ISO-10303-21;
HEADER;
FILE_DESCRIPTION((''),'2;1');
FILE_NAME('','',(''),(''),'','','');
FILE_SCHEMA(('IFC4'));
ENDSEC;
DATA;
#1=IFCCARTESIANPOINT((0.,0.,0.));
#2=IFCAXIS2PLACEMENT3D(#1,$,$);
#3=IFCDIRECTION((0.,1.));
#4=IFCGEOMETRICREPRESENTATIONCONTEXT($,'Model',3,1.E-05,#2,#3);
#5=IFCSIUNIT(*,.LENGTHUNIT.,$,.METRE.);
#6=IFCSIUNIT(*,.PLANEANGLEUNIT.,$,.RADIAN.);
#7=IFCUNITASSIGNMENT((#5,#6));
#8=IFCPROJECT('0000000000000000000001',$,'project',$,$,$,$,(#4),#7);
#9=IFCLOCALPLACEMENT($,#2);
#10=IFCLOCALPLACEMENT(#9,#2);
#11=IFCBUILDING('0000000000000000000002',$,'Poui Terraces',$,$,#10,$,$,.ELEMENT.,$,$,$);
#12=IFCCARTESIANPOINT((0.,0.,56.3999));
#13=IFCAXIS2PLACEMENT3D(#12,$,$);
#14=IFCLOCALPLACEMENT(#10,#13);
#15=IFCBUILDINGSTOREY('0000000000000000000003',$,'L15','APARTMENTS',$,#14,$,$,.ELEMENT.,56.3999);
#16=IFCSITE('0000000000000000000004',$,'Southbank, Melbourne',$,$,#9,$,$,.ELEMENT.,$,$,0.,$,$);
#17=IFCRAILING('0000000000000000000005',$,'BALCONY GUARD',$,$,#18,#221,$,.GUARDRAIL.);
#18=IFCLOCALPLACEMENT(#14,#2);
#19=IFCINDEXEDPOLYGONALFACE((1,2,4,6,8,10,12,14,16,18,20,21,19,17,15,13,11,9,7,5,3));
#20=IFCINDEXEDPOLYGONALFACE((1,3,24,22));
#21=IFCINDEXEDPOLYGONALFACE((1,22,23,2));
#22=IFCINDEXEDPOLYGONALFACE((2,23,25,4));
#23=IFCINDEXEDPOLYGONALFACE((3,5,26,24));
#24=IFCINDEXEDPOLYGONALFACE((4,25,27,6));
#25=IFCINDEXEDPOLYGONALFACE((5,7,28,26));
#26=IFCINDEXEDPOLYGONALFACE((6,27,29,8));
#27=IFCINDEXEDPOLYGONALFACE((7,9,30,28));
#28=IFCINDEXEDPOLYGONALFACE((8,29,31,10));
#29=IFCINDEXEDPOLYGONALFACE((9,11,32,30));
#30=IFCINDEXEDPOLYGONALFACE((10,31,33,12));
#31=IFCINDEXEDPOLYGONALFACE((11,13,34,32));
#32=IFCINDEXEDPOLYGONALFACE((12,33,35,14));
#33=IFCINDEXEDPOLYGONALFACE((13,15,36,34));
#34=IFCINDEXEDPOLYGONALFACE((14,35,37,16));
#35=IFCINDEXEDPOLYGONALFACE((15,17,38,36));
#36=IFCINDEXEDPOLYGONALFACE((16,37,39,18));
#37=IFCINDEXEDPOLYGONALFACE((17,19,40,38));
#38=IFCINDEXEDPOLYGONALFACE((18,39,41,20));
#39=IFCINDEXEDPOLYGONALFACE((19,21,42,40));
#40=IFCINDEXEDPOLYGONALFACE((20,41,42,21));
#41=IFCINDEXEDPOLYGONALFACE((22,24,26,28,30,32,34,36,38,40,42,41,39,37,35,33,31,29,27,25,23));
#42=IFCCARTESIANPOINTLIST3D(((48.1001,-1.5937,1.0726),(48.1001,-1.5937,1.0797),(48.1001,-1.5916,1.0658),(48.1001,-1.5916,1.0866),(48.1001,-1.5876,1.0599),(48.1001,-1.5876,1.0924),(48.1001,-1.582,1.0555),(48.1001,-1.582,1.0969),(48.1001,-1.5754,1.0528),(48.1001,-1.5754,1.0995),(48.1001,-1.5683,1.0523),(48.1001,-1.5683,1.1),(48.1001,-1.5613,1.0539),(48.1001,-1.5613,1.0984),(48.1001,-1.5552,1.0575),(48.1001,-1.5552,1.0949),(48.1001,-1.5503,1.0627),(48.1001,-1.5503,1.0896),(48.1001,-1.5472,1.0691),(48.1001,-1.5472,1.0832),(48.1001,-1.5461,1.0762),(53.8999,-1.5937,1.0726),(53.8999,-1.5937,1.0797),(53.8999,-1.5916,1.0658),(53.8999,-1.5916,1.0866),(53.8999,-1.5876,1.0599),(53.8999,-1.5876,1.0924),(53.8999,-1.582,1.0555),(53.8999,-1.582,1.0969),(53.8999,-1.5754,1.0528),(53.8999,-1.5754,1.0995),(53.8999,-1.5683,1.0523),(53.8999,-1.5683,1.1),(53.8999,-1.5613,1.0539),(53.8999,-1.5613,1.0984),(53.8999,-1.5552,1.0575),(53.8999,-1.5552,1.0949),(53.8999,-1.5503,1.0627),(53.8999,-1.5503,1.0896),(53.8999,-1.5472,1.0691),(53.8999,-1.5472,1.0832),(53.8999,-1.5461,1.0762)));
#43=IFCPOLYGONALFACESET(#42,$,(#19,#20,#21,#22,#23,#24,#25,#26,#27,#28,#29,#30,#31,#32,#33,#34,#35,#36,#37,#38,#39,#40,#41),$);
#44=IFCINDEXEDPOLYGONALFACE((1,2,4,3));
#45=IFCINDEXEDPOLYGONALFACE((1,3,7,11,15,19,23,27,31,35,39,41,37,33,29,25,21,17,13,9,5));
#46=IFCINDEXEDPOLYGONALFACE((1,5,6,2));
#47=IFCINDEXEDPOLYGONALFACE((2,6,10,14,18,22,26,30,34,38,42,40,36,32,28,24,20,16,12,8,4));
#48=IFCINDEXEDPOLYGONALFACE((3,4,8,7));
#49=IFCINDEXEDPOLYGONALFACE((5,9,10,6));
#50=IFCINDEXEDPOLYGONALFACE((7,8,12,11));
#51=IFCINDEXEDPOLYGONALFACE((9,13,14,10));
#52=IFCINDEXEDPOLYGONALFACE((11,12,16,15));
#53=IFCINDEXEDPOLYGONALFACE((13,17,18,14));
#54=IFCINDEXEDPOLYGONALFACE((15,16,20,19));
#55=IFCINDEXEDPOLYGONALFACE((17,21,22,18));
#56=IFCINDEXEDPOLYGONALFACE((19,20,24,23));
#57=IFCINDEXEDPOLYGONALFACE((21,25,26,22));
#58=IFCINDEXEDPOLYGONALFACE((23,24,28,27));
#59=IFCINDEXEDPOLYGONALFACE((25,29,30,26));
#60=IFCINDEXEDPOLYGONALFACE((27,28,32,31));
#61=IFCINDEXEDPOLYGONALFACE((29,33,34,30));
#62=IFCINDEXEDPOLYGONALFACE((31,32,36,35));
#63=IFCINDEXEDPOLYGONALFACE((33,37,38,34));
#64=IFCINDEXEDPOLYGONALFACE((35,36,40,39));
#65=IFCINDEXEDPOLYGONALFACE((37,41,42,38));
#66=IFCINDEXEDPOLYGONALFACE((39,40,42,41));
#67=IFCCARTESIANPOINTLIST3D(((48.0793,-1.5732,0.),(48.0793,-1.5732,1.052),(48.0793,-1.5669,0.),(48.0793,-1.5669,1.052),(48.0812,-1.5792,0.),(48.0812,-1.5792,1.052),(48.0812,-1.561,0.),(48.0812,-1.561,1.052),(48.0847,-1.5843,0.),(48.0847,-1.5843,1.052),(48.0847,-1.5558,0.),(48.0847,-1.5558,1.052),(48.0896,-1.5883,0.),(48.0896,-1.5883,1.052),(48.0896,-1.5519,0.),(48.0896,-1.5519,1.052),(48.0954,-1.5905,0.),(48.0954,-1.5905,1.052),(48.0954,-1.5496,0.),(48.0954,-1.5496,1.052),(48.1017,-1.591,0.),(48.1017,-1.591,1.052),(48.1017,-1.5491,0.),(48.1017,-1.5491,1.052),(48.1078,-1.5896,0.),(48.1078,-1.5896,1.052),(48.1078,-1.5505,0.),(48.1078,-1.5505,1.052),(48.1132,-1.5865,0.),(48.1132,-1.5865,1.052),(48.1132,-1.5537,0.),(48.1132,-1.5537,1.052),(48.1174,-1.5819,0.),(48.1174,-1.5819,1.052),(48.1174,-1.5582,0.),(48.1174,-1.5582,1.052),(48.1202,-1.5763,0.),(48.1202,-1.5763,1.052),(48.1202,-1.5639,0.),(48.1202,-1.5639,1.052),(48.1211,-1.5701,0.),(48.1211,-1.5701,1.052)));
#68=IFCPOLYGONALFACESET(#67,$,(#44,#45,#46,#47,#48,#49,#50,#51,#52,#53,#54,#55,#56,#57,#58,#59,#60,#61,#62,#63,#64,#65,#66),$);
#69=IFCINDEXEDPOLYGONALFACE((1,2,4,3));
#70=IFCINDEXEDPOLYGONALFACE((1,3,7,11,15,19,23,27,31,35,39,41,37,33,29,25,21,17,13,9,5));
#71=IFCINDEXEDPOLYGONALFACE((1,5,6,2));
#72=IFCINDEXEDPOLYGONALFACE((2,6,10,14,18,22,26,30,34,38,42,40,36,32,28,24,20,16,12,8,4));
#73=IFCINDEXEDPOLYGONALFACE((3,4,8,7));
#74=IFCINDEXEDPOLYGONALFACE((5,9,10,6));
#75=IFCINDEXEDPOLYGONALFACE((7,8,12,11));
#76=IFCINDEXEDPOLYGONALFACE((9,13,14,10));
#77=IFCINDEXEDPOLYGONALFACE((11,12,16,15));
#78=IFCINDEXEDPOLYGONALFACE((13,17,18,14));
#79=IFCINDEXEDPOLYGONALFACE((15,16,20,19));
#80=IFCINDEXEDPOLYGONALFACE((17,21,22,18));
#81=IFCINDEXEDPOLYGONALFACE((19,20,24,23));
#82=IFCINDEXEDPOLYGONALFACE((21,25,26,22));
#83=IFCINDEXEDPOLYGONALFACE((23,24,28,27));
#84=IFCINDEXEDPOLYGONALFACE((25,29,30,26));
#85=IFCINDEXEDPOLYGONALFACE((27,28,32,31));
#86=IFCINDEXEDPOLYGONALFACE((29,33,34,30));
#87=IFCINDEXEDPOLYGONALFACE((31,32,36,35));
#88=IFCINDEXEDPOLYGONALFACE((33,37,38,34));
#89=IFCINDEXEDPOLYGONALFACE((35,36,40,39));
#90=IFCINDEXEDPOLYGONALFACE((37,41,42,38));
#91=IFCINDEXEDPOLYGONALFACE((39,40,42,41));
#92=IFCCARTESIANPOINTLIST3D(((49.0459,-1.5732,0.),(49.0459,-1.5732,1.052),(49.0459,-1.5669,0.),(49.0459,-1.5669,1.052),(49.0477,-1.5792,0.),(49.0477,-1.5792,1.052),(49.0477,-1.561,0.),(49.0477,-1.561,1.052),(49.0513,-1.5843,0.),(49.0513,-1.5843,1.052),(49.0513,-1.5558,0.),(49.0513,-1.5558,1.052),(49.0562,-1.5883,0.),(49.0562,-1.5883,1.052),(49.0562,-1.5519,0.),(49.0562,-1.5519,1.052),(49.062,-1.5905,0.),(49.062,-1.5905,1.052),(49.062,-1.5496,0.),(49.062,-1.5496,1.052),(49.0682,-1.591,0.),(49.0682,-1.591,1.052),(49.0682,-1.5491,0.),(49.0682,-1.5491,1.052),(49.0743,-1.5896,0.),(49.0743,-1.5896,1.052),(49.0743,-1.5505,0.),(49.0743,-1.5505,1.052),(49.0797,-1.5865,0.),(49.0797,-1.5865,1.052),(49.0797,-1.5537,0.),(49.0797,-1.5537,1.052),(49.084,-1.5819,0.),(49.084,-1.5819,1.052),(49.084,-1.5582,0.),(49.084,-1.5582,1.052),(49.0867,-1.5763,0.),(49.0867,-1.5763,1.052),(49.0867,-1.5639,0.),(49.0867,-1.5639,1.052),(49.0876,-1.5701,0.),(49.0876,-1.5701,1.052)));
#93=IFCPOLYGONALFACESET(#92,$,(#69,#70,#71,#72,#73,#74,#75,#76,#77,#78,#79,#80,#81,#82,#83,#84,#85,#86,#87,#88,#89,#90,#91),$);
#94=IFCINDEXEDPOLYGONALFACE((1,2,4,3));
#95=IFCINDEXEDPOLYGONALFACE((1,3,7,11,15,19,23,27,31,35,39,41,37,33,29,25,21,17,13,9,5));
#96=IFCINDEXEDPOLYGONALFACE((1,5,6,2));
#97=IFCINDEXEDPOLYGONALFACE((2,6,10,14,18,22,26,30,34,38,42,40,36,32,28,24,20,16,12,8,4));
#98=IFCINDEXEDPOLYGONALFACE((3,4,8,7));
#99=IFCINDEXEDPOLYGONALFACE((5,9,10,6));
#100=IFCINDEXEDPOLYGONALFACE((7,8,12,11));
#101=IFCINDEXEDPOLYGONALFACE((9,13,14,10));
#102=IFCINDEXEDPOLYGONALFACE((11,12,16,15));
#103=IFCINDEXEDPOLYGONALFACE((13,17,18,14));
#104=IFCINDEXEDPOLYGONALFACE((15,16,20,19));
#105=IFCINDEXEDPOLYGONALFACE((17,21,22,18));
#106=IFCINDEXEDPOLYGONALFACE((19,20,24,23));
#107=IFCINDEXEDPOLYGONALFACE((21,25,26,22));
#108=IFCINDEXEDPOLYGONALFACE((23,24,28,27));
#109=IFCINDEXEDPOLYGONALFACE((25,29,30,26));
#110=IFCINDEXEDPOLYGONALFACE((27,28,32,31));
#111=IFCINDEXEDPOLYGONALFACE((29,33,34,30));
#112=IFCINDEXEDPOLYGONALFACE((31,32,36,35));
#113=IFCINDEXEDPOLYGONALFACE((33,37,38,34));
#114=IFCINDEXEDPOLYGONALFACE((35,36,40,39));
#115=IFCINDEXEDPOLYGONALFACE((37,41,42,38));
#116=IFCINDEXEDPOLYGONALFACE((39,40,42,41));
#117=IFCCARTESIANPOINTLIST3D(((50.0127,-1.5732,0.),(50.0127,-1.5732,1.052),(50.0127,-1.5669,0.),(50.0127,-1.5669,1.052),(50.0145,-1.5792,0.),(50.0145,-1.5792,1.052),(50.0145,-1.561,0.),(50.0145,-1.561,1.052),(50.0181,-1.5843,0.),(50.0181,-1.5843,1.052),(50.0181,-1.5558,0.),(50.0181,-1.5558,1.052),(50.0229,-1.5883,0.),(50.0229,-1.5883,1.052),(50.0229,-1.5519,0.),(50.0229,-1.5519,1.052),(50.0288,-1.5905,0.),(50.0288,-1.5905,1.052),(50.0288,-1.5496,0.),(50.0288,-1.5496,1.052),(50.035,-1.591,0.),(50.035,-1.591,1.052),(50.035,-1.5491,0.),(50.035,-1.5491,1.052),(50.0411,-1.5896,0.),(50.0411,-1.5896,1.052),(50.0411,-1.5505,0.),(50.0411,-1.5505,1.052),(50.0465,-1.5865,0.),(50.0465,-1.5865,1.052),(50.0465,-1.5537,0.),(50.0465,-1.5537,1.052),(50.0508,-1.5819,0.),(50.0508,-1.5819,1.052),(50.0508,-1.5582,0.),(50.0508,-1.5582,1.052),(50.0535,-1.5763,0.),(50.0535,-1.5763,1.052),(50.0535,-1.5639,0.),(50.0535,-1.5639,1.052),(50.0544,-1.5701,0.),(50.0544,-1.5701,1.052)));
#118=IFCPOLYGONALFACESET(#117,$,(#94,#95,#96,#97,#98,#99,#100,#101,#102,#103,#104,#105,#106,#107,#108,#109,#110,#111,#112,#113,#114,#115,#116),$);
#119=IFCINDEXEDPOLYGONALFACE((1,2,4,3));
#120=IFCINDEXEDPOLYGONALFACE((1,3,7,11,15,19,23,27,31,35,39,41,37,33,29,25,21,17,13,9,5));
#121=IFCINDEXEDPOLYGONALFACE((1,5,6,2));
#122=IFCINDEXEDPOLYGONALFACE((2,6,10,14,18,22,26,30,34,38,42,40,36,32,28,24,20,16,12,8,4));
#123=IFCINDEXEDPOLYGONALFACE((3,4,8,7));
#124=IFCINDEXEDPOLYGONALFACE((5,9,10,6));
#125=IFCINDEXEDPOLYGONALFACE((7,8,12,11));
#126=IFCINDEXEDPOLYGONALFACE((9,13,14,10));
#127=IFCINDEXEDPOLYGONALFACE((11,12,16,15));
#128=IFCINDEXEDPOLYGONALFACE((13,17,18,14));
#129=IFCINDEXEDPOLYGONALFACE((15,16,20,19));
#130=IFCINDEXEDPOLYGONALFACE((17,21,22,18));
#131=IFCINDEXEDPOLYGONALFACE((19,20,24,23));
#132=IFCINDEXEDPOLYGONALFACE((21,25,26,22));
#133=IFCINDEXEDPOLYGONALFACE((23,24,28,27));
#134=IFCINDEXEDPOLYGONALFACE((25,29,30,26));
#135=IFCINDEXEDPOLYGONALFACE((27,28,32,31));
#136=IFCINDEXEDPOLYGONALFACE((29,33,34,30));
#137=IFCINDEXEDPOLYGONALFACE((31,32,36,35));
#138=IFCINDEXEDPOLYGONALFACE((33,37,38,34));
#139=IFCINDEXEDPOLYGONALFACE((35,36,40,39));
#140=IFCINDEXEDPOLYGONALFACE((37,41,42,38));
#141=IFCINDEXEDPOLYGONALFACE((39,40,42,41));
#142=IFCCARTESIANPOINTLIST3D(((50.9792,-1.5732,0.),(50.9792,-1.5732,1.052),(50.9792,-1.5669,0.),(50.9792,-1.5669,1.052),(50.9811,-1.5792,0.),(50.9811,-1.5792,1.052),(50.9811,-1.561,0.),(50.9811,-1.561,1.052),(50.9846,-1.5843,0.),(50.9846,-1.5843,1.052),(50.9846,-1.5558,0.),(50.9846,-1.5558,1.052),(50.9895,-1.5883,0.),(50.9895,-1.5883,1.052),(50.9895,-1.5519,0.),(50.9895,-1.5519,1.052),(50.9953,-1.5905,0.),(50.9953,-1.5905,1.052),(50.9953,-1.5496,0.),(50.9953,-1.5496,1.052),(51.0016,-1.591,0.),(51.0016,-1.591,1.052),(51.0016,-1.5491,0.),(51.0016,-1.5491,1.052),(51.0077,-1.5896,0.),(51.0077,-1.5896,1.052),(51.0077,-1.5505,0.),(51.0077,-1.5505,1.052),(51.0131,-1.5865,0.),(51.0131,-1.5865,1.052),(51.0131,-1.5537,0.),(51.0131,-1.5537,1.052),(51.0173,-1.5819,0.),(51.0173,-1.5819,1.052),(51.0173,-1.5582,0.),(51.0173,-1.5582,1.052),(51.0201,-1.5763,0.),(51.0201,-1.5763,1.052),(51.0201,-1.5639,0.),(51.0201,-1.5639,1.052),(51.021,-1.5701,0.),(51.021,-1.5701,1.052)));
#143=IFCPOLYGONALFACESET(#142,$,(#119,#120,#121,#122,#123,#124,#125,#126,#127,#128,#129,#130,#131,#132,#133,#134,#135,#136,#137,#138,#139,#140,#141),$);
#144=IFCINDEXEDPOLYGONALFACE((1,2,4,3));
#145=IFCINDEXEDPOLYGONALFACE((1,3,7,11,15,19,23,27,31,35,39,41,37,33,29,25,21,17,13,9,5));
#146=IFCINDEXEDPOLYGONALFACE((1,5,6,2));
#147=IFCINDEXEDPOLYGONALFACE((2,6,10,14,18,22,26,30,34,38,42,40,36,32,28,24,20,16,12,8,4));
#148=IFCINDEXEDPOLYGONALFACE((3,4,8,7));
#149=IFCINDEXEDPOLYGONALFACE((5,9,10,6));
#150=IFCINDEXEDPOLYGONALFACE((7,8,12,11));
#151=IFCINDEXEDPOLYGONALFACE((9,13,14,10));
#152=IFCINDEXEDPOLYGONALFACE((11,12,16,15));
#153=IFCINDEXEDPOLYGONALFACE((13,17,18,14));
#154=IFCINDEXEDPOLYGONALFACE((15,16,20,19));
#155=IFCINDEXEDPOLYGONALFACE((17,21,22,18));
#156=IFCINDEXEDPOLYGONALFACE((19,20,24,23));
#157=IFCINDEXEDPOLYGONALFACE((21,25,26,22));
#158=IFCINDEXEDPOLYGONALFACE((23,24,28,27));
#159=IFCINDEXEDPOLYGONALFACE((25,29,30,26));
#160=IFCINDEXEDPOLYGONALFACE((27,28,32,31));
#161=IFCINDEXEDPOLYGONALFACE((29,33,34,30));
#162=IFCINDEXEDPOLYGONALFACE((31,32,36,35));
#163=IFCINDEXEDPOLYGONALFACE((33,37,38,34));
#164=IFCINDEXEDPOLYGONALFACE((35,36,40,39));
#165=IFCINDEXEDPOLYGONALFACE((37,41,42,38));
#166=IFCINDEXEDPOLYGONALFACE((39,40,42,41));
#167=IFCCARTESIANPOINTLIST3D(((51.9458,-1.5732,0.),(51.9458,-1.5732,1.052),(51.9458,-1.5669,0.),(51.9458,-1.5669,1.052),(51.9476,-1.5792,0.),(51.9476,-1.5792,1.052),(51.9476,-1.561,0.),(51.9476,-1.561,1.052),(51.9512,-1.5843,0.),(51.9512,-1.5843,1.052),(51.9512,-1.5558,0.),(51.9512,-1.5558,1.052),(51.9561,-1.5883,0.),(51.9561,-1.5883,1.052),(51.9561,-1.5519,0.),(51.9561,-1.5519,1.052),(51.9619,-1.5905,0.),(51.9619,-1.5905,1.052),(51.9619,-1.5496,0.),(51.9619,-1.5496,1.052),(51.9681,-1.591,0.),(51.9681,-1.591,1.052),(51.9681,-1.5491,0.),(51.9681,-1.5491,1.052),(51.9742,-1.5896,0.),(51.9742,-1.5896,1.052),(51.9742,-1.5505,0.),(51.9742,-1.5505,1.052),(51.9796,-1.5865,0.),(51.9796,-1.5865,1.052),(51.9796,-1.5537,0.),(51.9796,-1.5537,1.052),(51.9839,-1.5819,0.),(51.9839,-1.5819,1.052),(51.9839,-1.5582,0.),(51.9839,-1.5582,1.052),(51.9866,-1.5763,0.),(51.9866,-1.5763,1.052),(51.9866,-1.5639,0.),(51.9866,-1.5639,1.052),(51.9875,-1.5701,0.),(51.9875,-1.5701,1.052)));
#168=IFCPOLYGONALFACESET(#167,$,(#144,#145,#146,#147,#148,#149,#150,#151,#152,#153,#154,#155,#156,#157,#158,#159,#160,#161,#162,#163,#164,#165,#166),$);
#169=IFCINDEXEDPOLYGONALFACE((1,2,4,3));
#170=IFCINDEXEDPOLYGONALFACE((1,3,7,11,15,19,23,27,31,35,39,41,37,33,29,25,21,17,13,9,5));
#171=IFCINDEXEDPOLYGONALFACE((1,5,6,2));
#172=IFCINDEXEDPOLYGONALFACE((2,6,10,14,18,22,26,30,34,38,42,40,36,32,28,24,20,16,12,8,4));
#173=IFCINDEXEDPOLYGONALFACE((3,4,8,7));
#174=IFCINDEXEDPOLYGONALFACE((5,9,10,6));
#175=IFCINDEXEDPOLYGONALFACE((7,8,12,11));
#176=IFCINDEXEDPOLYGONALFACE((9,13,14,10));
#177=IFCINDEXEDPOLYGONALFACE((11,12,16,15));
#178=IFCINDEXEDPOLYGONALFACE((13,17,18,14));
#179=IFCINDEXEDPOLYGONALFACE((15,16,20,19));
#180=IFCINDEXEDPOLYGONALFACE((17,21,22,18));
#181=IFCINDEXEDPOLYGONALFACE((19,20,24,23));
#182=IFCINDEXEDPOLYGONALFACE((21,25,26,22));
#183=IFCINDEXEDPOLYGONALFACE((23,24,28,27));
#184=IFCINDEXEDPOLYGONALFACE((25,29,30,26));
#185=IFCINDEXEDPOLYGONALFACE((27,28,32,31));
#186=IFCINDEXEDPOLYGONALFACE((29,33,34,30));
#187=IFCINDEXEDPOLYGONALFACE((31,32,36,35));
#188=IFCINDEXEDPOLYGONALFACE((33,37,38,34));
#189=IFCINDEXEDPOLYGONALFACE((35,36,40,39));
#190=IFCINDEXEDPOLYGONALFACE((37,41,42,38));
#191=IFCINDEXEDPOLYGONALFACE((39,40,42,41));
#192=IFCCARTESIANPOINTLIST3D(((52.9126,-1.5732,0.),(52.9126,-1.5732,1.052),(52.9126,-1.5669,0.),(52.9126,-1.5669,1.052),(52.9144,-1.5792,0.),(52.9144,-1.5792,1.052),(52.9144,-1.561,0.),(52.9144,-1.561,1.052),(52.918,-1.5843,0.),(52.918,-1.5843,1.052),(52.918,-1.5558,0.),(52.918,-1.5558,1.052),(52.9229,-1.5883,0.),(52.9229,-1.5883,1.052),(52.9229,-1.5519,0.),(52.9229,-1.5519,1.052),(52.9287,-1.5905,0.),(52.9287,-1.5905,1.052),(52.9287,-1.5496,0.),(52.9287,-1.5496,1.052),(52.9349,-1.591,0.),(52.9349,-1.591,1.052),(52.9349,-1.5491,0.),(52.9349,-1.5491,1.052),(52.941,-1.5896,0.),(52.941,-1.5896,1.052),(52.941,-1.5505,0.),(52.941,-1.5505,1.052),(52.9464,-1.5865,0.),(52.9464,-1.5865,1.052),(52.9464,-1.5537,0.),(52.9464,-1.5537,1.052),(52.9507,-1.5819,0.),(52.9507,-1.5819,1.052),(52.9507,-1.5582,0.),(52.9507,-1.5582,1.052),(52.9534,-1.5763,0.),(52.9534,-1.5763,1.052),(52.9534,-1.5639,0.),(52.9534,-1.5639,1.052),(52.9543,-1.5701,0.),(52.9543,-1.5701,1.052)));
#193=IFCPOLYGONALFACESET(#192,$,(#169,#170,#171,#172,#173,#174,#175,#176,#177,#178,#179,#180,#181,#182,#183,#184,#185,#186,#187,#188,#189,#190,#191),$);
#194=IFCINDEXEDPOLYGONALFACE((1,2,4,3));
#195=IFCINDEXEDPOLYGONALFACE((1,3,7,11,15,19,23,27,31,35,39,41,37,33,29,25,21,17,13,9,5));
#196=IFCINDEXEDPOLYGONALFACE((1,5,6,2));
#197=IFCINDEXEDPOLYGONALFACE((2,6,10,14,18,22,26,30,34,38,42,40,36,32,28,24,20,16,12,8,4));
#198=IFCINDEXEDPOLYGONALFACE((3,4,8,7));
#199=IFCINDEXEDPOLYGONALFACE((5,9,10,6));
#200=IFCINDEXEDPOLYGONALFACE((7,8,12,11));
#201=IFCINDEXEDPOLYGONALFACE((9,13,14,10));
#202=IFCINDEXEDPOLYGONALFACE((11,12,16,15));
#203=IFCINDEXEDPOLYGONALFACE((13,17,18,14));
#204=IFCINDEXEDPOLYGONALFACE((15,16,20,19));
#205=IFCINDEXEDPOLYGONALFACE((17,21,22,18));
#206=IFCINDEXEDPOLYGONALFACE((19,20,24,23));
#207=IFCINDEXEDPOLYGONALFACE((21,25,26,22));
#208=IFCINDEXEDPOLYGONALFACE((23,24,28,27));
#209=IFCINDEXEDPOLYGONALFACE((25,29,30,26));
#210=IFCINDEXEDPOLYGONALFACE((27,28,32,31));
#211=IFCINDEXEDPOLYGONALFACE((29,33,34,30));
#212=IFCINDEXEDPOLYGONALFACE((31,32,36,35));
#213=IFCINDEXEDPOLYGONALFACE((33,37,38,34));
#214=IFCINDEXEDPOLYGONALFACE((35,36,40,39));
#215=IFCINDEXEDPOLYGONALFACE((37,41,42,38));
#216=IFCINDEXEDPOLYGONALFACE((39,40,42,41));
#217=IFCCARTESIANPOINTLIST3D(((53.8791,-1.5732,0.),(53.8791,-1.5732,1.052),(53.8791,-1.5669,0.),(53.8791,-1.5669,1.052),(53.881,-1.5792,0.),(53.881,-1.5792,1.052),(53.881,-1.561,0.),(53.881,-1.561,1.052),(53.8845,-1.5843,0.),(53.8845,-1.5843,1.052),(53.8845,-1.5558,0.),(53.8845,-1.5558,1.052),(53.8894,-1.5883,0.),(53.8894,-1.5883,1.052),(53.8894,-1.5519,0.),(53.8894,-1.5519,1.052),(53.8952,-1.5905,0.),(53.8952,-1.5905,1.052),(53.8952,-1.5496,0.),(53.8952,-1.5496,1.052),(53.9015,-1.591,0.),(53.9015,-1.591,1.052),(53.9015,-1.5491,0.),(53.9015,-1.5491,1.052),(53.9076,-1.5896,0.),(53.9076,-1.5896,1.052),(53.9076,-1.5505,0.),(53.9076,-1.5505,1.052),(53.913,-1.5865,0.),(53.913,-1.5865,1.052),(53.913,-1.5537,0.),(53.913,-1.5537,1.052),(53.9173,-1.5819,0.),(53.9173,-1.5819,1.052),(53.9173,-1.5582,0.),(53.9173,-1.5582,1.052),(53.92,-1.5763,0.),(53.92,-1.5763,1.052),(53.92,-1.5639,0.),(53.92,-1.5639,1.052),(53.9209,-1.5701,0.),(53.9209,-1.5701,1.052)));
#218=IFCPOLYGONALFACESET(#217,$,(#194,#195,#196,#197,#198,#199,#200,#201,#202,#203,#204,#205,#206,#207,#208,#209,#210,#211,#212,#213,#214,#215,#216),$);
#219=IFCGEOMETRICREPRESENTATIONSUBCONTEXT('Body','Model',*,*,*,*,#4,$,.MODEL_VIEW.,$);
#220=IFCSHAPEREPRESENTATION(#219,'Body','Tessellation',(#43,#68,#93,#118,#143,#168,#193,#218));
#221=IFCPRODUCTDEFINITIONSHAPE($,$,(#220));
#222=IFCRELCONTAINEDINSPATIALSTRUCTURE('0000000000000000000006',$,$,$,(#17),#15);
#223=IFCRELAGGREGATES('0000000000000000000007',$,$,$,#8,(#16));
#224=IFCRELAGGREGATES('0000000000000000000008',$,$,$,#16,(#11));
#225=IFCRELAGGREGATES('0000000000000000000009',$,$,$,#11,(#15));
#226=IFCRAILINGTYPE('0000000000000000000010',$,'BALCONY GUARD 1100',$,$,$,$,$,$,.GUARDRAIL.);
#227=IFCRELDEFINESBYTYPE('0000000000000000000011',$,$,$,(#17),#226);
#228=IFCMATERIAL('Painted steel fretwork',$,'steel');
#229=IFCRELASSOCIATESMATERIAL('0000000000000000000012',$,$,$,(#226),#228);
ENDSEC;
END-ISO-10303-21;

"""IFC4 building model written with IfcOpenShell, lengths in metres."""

from ifc_helpers import new_model, si_unit, direction, frame, origin, origin_2d, place, context, subcontext, project, spatial, circle, extrude, material, type_object, element, save


model = new_model("IFC4")

# Units and contexts
model_context = context("Model", 3, precision=1e-05, world=origin(), true_north=direction((0.0, 1.0)))
body_context = subcontext(model_context, "Body", "Model", "MODEL_VIEW")
ifc_project = project(units=[si_unit("LENGTHUNIT", "METRE"), si_unit("PLANEANGLEUNIT", "RADIAN")], contexts=[model_context])

# Site, building, storey
site_placement = place(None, origin())
site = spatial("IfcSite", under=ifc_project, at=site_placement, Name="Southbank, Melbourne", CompositionType="ELEMENT", RefElevation=0.0)
building_placement = place(site_placement, origin())
building = spatial("IfcBuilding", under=site, at=building_placement, Name="Poui Terraces", CompositionType="ELEMENT")
storey_placement = place(building_placement, frame((0.0, 0.0, 56.3999)))
storey = spatial("IfcBuildingStorey", under=building, at=storey_placement, Name="L15", Description="APARTMENTS", CompositionType="ELEMENT", Elevation=56.3999)

# Railing
ifc_material_1 = material(Name="Painted steel fretwork", Category="steel")
railing_type = type_object("IfcRailingType", Name="BALCONY GUARD 1100", PredefinedType="GUARDRAIL", material=ifc_material_1)
railing_placement = place(storey_placement, frame((48.1001, -1.5701, 0.0)))
element("IfcRailing", 1, at=railing_placement, inside=storey, type_object=railing_type, Name="BALCONY GUARD", PredefinedType="GUARDRAIL", context=body_context, shape_type="SweptSolid", body=[
    extrude(circle(Radius=0.0239, at=origin_2d()), frame((0.0, 0.0, 1.0762), z_axis=(1.0, 0.0, 0.0), x_axis=(0.0, 1.0, 0.0)), (0.0, 0.0, 1.0), 5.7998),
    extrude(circle(Radius=0.021, at=origin_2d()), origin(), (0.0, 0.0, 1.0), 1.052),
    extrude(circle(Radius=0.021, at=origin_2d()), frame((0.9666, 0.0, 0.0)), (0.0, 0.0, 1.0), 1.052),
    extrude(circle(Radius=0.021, at=origin_2d()), frame((1.9333, 0.0, 0.0)), (0.0, 0.0, 1.0), 1.052),
    extrude(circle(Radius=0.021, at=origin_2d()), frame((2.8999, 0.0, 0.0)), (0.0, 0.0, 1.0), 1.052),
    extrude(circle(Radius=0.021, at=origin_2d()), frame((3.8665, 0.0, 0.0)), (0.0, 0.0, 1.0), 1.052),
    extrude(circle(Radius=0.021, at=origin_2d()), frame((4.8333, 0.0, 0.0)), (0.0, 0.0, 1.0), 1.052),
    extrude(circle(Radius=0.021, at=origin_2d()), frame((5.7998, 0.0, 0.0)), (0.0, 0.0, 1.0), 1.052),
])

save(model, "model.ifc")
